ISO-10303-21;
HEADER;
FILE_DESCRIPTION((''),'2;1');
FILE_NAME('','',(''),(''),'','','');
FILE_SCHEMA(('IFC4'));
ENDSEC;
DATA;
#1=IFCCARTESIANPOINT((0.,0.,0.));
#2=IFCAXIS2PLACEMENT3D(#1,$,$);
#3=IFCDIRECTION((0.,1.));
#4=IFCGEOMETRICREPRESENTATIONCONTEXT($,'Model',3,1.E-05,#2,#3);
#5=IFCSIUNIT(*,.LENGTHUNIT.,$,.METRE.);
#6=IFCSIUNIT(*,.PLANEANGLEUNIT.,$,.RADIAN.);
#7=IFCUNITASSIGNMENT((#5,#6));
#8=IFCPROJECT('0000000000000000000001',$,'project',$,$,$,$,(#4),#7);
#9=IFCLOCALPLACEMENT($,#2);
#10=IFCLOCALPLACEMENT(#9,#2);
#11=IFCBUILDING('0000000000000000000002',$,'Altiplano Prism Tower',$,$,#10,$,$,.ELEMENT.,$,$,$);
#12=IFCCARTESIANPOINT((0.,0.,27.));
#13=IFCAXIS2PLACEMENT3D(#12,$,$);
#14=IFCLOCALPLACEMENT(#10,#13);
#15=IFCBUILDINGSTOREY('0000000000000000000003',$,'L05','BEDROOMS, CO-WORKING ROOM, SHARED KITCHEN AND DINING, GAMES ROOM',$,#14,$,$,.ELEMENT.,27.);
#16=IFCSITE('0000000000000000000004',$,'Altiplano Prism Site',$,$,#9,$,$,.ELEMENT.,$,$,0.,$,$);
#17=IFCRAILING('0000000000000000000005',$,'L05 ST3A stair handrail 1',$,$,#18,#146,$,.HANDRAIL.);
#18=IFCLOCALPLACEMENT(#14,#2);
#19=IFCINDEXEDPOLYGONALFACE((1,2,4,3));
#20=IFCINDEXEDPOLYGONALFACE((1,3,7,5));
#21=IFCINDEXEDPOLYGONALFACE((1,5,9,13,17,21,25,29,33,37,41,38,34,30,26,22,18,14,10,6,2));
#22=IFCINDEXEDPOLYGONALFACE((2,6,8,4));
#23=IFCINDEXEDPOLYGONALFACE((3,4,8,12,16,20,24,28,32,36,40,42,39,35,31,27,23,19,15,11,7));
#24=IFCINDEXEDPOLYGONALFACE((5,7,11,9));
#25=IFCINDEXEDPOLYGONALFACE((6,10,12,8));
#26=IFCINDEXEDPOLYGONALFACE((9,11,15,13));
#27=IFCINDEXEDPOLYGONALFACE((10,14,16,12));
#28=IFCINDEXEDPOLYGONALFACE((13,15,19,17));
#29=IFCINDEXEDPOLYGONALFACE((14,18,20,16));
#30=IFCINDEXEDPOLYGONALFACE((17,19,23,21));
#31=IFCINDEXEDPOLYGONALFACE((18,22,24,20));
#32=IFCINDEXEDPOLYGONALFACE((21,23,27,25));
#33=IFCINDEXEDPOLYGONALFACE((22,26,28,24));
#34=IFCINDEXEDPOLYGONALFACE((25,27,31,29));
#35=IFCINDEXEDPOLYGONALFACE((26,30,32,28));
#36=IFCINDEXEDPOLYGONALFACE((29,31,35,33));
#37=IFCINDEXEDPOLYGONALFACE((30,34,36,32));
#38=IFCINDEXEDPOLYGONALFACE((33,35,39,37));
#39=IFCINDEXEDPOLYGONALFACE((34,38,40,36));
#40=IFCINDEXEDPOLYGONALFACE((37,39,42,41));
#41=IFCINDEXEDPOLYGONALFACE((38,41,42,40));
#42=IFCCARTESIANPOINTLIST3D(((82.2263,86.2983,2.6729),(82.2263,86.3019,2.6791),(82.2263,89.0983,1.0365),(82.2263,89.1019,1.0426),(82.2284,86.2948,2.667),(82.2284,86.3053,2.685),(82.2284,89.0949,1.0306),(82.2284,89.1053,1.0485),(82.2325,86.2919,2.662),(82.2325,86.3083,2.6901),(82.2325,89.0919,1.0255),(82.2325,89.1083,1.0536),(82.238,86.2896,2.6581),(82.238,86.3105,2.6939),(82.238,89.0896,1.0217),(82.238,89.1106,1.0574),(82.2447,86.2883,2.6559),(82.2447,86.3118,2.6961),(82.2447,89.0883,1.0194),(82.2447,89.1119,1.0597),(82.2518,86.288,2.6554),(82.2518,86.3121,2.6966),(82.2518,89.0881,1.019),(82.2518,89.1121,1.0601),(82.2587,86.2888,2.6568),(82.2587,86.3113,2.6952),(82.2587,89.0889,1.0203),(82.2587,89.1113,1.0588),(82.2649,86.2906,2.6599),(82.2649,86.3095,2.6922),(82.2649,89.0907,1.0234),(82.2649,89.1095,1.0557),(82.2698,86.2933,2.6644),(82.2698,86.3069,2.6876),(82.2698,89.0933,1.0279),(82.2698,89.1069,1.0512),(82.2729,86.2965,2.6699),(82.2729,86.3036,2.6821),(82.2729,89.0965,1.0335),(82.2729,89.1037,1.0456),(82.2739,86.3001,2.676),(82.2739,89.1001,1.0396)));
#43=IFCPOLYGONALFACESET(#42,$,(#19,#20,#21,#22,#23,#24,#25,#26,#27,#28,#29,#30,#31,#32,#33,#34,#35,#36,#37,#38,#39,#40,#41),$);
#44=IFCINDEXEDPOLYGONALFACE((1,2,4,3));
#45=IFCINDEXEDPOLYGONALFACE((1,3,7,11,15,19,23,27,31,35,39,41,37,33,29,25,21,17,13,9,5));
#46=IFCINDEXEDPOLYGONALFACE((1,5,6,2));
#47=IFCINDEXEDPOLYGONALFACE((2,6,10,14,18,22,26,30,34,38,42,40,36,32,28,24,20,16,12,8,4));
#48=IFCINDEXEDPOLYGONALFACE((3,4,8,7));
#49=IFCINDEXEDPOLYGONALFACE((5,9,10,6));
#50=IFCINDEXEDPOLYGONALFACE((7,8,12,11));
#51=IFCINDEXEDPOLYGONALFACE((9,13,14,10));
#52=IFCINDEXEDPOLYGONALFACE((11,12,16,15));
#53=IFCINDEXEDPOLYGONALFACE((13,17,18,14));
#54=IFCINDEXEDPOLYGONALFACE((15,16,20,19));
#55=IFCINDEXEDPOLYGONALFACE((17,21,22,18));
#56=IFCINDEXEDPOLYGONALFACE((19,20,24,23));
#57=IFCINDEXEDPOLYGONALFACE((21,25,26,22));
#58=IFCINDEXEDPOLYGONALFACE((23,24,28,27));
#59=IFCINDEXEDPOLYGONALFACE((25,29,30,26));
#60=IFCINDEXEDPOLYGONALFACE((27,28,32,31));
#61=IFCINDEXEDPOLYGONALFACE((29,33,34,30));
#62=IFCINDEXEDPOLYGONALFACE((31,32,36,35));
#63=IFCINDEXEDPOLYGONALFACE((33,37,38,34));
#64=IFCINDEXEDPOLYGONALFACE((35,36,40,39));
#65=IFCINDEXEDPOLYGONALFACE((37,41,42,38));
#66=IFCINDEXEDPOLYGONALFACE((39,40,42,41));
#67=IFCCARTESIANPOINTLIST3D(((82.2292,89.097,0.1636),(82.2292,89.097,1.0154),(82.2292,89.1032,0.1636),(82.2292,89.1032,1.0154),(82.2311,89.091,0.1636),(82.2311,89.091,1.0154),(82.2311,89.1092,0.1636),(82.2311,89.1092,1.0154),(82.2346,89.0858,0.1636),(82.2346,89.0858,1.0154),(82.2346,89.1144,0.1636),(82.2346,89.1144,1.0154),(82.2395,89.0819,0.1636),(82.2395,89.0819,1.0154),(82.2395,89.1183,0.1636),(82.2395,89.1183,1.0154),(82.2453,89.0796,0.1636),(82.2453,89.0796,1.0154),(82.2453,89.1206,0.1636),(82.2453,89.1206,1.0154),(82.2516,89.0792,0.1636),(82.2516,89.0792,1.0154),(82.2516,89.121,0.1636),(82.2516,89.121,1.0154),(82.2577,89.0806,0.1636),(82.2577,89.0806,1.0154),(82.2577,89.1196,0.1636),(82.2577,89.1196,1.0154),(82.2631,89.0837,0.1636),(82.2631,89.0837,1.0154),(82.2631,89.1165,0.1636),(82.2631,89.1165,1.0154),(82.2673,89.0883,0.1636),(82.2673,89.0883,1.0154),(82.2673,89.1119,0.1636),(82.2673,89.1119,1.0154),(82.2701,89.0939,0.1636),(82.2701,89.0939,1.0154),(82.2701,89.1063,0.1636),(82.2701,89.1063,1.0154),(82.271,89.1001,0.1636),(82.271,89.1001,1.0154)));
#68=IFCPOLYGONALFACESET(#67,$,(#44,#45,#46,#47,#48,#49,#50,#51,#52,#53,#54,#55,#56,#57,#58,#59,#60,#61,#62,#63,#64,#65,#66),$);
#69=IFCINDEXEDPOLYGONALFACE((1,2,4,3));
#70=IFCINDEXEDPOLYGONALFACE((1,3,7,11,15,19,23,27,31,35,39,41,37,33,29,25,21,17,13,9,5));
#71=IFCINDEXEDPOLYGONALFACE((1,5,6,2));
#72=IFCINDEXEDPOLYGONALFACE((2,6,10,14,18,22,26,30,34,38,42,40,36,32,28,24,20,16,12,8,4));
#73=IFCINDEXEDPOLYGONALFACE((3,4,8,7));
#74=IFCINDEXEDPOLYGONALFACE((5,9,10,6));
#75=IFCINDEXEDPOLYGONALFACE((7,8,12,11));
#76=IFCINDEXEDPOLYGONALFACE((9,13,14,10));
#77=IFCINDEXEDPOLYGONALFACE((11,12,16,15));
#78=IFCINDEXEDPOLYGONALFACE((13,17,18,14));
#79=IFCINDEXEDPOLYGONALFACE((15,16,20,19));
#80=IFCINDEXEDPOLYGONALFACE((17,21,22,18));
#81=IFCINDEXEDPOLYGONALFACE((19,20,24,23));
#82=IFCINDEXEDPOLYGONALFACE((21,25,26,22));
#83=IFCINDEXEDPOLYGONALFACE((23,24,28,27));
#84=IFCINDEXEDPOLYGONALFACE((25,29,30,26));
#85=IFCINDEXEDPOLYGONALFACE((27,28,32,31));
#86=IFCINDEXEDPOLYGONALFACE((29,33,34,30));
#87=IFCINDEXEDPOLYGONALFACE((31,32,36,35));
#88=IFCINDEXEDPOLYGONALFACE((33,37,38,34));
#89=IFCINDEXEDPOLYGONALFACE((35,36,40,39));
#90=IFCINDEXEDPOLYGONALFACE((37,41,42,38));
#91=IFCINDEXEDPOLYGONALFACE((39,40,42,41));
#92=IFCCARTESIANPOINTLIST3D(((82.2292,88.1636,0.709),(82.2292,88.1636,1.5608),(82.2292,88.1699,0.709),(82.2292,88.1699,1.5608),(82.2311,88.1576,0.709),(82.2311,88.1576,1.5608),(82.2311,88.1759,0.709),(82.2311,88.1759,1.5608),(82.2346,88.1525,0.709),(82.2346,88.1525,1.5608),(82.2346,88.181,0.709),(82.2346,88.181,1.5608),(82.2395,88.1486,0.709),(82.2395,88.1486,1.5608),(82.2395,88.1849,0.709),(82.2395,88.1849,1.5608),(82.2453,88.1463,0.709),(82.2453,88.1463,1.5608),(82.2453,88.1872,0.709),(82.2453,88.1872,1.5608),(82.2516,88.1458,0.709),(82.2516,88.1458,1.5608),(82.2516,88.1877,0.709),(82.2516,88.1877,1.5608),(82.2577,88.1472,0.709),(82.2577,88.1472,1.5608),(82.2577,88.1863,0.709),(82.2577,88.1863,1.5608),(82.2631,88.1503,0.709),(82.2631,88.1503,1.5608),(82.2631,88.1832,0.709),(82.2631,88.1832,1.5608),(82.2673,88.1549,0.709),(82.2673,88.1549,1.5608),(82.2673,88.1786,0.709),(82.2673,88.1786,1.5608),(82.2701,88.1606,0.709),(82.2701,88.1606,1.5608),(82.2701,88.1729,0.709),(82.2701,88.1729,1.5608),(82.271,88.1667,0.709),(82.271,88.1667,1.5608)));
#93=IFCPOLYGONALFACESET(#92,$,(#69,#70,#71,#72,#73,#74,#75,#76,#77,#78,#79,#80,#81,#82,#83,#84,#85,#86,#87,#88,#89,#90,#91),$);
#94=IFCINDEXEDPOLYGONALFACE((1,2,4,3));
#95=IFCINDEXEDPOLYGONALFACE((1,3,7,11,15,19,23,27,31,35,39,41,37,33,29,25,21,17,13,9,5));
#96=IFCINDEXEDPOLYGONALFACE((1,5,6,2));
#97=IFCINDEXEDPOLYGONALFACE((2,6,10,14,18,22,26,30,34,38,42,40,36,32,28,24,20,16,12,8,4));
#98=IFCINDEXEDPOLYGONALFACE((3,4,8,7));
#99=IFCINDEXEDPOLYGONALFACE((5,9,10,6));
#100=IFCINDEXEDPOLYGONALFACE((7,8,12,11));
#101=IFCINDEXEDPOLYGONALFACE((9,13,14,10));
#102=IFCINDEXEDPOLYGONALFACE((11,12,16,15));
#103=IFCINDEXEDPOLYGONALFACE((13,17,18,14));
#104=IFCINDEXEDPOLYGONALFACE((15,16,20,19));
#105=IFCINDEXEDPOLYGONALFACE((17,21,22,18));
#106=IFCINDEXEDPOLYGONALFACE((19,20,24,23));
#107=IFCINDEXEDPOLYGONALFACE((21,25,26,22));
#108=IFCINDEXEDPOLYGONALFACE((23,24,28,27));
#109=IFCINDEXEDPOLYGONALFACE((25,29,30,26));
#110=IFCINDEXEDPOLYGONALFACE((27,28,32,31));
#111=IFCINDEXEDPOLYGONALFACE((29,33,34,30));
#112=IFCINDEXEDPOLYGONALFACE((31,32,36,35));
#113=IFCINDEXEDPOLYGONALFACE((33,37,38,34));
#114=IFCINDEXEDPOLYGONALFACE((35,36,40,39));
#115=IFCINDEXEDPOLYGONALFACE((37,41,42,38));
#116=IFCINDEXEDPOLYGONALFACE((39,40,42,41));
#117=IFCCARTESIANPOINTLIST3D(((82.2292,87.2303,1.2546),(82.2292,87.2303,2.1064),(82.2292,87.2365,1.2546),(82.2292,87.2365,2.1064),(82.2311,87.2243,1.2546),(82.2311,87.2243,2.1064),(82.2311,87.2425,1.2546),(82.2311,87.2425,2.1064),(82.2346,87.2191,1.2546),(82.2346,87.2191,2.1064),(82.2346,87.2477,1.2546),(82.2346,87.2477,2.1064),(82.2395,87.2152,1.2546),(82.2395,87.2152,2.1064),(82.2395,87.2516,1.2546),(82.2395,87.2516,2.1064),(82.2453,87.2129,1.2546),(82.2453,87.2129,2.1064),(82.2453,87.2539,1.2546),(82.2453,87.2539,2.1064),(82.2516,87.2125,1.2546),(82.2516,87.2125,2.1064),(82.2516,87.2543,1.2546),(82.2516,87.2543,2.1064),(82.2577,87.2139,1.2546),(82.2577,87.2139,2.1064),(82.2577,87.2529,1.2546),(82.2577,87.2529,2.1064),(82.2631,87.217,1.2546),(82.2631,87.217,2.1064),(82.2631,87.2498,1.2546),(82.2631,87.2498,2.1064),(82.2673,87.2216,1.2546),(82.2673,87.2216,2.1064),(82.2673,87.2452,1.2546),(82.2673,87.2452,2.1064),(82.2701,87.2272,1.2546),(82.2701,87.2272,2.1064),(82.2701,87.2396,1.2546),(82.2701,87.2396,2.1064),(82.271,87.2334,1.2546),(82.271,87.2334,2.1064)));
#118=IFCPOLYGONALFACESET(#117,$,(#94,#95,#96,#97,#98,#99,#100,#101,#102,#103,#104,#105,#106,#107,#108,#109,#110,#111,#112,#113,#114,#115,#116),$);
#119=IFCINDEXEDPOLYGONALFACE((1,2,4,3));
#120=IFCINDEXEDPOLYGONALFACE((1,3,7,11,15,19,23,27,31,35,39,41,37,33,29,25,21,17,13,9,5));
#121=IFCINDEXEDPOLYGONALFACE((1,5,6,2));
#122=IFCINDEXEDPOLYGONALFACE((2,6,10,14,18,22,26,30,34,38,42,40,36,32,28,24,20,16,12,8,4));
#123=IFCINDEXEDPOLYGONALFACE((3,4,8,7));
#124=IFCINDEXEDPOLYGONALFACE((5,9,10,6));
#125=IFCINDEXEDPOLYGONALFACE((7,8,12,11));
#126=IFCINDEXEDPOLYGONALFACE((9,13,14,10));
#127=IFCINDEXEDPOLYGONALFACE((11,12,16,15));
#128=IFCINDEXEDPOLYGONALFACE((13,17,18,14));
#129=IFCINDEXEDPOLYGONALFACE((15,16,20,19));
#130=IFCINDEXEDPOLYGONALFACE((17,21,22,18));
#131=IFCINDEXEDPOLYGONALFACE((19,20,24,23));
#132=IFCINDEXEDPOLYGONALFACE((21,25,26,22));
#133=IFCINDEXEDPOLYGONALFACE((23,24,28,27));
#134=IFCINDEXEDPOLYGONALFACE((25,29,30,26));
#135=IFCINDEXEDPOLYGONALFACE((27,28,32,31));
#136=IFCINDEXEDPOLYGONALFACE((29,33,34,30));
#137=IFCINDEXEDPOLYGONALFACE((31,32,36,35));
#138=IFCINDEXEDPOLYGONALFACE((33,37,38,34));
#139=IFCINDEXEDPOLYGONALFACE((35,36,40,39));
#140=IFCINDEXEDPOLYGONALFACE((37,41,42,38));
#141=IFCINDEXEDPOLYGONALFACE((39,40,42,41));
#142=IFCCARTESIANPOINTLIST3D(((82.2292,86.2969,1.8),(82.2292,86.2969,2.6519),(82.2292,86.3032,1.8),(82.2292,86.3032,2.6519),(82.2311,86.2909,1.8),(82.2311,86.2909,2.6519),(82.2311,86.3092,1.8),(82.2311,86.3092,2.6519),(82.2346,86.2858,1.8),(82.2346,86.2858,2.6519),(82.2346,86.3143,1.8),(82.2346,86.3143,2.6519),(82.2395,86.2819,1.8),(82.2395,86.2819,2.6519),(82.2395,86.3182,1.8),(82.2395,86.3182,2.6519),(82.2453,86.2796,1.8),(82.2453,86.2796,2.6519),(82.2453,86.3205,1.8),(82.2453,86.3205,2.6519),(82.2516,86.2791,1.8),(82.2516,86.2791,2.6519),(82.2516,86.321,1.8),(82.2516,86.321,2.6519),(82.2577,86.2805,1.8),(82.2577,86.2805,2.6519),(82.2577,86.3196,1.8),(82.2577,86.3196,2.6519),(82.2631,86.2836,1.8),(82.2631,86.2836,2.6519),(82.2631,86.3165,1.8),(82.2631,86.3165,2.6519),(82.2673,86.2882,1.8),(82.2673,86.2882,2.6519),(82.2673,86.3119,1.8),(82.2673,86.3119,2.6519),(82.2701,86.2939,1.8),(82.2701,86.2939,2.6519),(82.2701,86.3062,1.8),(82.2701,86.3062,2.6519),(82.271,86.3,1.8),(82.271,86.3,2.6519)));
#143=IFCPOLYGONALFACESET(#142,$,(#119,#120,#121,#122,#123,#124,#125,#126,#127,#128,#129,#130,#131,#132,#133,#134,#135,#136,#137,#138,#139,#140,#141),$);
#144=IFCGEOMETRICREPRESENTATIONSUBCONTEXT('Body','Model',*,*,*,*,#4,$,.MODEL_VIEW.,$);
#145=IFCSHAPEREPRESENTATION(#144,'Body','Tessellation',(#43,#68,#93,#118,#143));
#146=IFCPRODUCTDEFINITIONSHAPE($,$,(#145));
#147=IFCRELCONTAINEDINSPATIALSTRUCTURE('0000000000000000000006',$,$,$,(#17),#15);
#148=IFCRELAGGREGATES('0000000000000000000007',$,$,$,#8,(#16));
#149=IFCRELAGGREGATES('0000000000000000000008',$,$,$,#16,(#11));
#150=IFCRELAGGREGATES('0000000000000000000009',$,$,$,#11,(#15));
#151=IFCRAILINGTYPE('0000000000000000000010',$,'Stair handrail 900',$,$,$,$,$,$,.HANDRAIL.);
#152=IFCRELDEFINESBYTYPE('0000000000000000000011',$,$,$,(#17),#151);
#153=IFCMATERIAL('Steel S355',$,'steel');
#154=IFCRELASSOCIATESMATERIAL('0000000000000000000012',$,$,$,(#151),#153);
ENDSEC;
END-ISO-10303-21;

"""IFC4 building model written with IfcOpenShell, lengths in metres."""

from ifc_helpers import new_model, si_unit, direction, frame, origin, origin_2d, place, context, subcontext, project, spatial, circle, extrude, material, type_object, element, save


model = new_model("IFC4")

# Units and contexts
model_context = context("Model", 3, precision=1e-05, world=origin(), true_north=direction((0.0, 1.0)))
body_context = subcontext(model_context, "Body", "Model", "MODEL_VIEW")
ifc_project = project(units=[si_unit("LENGTHUNIT", "METRE"), si_unit("PLANEANGLEUNIT", "RADIAN")], contexts=[model_context])

# Site, building, storey
site_placement = place(None, origin())
site = spatial("IfcSite", under=ifc_project, at=site_placement, Name="Altiplano Prism Site", CompositionType="ELEMENT", RefElevation=0.0)
building_placement = place(site_placement, origin())
building = spatial("IfcBuilding", under=site, at=building_placement, Name="Altiplano Prism Tower", CompositionType="ELEMENT")
storey_placement = place(building_placement, frame((0.0, 0.0, 27.0)))
storey = spatial("IfcBuildingStorey", under=building, at=storey_placement, Name="L05", Description="BEDROOMS, CO-WORKING ROOM, SHARED KITCHEN AND DINING, GAMES ROOM", CompositionType="ELEMENT", Elevation=27.0)

# Railing
ifc_material_1 = material(Name="Steel S355", Category="steel")
railing_type_1 = type_object("IfcRailingType", Name="Stair handrail 900", PredefinedType="HANDRAIL", material=ifc_material_1)
railing_1_placement = place(storey_placement, frame((82.25, 89.1001, 0.1636)))
element("IfcRailing", 1, at=railing_1_placement, inside=storey, type_object=railing_type_1, Name="L05 ST3A stair handrail 1", PredefinedType="HANDRAIL", context=body_context, shape_type="SweptSolid", body=[
    extrude(circle(Radius=0.0239, at=origin_2d()), frame((0.0, 0.0, 0.876), z_axis=(0.0, -0.863361, 0.504587), x_axis=(1.0, 0.0, 0.0)), (0.0, 0.0, 1.0), 3.2432),
    extrude(circle(Radius=0.021, at=origin_2d()), origin(), (0.0, 0.0, 1.0), 0.8518),
    extrude(circle(Radius=0.021, at=origin_2d()), frame((0.0, -0.9333, 0.5454)), (0.0, 0.0, 1.0), 0.8518),
    extrude(circle(Radius=0.021, at=origin_2d()), frame((0.0, -1.8667, 1.0911)), (0.0, 0.0, 1.0), 0.8518),
    extrude(circle(Radius=0.021, at=origin_2d()), frame((0.0, -2.8, 1.6365)), (0.0, 0.0, 1.0), 0.8518),
])

save(model, "model.ifc")
